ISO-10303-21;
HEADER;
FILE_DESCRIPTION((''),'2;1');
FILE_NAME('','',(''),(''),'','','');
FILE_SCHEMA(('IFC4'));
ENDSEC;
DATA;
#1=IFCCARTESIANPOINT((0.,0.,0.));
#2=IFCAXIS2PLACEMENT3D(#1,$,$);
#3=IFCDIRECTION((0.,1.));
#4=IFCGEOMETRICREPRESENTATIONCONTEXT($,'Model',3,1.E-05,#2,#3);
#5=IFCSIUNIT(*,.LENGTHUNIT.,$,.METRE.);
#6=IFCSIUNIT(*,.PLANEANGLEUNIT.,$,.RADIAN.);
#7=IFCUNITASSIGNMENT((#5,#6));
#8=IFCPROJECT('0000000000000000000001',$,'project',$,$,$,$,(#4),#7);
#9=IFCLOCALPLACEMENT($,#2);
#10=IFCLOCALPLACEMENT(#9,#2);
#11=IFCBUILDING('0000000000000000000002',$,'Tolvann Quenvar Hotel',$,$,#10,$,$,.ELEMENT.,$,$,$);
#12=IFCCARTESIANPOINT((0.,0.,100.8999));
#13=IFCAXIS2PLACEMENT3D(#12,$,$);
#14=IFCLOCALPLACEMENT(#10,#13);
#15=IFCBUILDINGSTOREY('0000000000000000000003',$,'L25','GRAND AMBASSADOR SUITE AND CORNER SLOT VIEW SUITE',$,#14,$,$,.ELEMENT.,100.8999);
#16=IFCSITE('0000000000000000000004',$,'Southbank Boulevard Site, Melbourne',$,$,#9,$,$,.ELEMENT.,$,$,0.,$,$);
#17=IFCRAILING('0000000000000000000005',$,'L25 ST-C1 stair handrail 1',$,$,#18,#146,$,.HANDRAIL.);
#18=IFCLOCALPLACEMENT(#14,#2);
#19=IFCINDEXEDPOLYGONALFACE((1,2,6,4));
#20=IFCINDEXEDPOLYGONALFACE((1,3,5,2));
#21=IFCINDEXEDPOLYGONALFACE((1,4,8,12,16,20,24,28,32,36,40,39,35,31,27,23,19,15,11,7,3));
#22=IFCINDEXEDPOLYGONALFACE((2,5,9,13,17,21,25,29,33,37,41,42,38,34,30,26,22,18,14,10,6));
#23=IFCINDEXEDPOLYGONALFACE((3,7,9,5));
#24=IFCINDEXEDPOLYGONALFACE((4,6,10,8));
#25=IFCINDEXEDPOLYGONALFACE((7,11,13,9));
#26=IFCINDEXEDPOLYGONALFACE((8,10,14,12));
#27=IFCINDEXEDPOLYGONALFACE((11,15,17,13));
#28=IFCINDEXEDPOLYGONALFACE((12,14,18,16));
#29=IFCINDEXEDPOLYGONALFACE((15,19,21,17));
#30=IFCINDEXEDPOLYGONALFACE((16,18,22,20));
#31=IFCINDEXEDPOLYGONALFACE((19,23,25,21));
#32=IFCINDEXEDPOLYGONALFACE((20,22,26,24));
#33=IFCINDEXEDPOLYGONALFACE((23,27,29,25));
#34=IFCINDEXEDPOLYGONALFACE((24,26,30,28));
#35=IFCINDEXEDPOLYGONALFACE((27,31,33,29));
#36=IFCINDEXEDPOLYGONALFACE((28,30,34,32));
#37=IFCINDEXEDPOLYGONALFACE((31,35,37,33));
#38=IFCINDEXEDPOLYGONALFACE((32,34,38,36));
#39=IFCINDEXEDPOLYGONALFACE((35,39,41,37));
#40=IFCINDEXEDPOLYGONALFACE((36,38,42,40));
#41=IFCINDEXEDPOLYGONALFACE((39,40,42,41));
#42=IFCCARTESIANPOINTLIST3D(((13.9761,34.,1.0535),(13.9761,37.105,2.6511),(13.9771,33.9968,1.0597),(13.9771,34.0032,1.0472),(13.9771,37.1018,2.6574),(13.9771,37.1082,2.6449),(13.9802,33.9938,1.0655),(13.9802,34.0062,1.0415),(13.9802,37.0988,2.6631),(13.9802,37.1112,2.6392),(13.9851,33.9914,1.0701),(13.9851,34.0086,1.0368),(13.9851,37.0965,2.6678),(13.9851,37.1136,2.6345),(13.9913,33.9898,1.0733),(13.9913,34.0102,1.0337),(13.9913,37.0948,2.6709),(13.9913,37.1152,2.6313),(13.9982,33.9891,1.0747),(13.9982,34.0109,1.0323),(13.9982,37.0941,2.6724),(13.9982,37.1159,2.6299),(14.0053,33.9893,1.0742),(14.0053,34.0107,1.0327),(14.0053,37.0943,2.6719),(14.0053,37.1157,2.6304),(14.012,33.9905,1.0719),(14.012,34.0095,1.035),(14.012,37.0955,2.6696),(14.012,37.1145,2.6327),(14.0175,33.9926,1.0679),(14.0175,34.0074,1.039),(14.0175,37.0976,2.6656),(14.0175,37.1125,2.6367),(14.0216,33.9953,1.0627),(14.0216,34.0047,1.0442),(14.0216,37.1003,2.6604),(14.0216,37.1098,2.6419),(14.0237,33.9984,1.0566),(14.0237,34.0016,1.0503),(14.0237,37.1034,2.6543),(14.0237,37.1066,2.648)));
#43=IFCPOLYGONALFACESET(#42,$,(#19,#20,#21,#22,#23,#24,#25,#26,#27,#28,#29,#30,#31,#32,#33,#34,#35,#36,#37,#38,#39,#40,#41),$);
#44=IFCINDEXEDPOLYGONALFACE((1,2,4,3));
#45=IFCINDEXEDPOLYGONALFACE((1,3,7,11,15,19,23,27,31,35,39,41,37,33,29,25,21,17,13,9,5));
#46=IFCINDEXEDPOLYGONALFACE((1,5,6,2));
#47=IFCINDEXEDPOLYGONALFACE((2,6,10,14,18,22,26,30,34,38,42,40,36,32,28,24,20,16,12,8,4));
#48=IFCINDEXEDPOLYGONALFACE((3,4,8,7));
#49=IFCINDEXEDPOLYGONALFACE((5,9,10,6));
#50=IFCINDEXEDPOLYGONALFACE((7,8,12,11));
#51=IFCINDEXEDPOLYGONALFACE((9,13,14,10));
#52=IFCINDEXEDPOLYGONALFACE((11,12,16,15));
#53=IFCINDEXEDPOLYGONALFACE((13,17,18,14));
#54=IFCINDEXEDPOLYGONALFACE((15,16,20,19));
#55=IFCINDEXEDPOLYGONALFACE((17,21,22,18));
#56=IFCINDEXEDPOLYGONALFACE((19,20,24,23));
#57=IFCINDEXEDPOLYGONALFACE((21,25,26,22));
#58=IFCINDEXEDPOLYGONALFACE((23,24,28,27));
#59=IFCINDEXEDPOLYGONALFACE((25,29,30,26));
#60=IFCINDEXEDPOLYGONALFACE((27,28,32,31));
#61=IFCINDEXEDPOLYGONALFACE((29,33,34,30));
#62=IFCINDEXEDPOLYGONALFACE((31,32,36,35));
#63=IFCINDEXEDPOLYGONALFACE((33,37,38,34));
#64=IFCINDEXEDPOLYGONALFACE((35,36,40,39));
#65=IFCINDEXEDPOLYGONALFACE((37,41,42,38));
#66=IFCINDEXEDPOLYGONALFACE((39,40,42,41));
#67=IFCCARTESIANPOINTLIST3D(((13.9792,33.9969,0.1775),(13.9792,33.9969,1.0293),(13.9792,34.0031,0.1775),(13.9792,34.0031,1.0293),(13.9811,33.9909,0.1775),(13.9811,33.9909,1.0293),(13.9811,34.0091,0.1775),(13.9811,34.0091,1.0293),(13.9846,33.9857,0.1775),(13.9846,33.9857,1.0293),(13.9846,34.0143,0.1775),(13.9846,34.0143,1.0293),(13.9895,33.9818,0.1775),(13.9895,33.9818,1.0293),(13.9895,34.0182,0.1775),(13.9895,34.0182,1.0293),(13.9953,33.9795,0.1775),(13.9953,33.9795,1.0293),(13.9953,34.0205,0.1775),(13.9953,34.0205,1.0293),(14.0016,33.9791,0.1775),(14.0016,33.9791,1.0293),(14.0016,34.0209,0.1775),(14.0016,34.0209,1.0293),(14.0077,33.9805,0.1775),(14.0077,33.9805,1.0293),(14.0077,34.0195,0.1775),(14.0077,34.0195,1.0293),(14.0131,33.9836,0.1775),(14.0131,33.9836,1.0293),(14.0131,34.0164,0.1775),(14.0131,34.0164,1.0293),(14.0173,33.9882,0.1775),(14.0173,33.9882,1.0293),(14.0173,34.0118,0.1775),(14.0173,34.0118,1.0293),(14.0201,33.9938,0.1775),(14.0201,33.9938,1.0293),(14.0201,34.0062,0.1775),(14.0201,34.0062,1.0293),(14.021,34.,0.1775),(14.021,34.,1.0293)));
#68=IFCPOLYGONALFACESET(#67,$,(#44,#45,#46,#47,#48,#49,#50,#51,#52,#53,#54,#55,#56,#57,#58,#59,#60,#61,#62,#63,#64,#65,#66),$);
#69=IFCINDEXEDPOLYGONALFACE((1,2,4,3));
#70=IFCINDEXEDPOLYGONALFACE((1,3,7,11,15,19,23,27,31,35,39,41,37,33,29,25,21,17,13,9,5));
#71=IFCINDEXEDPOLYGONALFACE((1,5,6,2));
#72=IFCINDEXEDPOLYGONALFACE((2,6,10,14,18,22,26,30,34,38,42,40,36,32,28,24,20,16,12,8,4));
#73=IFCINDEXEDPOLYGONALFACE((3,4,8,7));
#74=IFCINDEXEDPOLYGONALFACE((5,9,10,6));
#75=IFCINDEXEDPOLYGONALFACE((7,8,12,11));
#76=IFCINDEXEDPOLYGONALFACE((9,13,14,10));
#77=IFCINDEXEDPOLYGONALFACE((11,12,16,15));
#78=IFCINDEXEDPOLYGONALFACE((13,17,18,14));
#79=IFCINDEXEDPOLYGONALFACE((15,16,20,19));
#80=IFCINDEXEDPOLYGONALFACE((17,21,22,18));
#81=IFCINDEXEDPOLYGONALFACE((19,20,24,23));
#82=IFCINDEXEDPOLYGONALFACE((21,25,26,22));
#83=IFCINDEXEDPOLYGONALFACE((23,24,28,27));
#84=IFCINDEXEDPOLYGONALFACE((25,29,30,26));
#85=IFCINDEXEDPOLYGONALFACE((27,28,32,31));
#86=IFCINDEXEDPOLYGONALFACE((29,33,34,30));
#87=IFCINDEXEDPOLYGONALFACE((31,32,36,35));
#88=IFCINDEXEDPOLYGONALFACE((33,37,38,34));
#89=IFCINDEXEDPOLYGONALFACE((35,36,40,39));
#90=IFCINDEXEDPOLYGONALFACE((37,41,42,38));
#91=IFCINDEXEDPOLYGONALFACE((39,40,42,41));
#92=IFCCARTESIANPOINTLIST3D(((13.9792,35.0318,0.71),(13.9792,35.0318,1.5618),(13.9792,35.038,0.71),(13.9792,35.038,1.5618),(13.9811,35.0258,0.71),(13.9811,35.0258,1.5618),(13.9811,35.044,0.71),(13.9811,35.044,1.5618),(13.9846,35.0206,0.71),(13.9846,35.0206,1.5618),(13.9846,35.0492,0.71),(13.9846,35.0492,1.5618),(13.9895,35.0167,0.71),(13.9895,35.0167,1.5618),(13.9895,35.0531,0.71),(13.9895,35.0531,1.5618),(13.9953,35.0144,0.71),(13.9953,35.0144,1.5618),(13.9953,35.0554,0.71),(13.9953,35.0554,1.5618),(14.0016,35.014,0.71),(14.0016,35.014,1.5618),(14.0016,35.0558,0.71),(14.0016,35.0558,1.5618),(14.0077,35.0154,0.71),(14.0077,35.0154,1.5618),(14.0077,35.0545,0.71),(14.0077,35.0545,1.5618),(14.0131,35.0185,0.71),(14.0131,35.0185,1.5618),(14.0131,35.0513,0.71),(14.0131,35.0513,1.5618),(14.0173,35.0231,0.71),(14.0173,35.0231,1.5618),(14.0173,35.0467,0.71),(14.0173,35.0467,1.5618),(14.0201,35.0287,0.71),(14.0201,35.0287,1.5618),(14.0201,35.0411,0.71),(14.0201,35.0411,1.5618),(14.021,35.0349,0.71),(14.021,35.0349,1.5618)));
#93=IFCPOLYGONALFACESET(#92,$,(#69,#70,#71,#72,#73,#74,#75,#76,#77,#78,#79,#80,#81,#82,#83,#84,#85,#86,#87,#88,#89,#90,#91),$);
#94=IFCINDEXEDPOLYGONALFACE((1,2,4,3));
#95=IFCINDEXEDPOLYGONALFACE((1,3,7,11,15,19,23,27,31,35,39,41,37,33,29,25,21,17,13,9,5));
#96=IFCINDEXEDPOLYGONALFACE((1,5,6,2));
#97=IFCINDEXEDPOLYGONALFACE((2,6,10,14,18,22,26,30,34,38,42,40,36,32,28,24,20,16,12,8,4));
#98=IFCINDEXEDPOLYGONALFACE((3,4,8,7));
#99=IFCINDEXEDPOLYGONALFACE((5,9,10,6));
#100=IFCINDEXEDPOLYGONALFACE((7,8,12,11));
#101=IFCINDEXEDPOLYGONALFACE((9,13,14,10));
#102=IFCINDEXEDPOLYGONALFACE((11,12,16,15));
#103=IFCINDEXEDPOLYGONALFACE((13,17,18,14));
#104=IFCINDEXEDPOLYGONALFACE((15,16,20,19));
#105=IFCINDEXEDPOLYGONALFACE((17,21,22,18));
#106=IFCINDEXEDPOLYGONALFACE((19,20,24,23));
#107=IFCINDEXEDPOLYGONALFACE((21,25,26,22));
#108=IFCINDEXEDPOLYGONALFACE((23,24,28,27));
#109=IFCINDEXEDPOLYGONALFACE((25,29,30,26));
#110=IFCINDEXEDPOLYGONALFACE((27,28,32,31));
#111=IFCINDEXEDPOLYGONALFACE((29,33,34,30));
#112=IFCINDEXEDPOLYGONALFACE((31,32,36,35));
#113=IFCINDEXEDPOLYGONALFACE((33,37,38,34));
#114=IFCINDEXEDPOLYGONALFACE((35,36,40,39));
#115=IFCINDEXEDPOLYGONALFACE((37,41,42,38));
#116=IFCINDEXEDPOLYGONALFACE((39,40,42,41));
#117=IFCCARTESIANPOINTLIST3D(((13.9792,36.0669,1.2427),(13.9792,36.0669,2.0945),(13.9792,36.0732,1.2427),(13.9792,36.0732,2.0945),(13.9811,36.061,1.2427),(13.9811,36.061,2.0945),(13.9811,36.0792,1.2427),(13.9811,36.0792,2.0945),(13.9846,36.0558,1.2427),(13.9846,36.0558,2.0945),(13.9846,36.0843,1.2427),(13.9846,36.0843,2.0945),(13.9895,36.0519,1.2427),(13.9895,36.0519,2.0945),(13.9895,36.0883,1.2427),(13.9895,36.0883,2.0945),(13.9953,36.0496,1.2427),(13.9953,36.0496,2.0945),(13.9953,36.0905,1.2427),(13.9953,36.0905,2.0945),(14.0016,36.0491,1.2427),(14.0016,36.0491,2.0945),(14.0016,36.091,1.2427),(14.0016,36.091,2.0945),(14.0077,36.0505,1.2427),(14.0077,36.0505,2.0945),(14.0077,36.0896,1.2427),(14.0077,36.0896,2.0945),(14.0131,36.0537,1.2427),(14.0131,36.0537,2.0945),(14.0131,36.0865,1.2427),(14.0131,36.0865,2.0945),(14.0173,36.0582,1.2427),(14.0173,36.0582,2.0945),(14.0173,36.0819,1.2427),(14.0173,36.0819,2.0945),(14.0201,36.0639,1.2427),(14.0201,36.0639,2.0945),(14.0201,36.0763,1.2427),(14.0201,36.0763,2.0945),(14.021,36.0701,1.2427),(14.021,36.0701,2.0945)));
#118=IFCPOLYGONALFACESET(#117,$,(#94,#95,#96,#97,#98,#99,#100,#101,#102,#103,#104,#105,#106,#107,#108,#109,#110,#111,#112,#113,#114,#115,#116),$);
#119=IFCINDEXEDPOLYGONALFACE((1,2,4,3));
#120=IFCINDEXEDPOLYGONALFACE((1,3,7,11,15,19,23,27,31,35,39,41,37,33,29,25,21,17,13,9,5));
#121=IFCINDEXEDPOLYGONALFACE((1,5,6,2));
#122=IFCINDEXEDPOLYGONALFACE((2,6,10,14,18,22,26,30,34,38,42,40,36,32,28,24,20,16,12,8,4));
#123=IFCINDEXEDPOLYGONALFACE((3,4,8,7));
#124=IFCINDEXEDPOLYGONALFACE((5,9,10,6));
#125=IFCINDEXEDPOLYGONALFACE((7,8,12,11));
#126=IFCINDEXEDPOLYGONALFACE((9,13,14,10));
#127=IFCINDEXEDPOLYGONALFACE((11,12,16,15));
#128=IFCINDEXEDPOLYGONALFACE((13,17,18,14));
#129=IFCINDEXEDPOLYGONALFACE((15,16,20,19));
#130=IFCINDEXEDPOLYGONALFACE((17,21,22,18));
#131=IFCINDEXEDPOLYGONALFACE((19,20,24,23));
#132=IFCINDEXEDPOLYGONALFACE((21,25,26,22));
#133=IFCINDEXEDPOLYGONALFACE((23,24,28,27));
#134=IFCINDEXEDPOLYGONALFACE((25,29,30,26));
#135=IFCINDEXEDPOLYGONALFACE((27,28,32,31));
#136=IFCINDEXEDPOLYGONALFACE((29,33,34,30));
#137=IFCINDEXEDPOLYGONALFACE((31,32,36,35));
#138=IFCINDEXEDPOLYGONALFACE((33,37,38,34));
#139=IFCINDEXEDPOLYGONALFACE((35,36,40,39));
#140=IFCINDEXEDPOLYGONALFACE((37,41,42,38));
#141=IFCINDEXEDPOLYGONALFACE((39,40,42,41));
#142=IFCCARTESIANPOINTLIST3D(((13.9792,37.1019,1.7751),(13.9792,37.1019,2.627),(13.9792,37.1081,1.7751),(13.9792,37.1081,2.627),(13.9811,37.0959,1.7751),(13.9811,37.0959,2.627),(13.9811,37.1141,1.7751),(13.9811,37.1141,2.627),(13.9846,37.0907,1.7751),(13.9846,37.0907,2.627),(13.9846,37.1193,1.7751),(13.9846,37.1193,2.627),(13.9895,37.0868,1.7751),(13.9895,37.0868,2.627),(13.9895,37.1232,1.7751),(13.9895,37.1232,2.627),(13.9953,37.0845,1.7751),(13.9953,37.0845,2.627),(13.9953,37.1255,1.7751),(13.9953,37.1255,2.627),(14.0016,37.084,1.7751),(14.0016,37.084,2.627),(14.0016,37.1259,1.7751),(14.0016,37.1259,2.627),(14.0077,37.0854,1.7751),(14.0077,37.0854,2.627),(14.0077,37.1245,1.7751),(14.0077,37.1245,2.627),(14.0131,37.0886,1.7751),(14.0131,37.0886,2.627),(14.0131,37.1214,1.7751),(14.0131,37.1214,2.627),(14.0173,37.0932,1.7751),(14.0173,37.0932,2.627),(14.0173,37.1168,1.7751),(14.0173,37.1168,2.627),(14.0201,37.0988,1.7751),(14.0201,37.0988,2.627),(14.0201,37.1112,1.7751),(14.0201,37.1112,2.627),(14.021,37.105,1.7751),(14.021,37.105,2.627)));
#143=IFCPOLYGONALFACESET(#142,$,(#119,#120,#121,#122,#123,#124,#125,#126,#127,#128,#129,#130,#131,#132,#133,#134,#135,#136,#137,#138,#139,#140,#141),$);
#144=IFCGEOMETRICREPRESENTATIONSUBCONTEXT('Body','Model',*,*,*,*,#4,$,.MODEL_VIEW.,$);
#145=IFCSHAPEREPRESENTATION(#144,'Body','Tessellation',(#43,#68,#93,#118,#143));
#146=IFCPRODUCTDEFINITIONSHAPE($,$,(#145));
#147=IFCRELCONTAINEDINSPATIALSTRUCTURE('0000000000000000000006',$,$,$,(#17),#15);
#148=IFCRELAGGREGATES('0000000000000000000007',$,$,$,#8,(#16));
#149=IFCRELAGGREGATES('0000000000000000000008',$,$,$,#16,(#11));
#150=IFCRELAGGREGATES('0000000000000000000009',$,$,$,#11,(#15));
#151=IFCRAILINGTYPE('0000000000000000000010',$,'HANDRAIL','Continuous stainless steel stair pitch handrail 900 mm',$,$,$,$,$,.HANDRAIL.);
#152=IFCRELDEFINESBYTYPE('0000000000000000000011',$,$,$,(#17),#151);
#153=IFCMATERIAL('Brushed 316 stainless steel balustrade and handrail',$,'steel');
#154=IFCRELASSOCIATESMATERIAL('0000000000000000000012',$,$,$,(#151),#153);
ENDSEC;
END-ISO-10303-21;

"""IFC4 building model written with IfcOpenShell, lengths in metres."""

from ifc_helpers import new_model, si_unit, direction, frame, origin, origin_2d, place, context, subcontext, project, spatial, circle, extrude, material, type_object, element, save


model = new_model("IFC4")

# Units and contexts
model_context = context("Model", 3, precision=1e-05, world=origin(), true_north=direction((0.0, 1.0)))
body_context = subcontext(model_context, "Body", "Model", "MODEL_VIEW")
ifc_project = project(units=[si_unit("LENGTHUNIT", "METRE"), si_unit("PLANEANGLEUNIT", "RADIAN")], contexts=[model_context])

# Site, building, storey
site_placement = place(None, origin())
site = spatial("IfcSite", under=ifc_project, at=site_placement, Name="Southbank Boulevard Site, Melbourne", CompositionType="ELEMENT", RefElevation=0.0)
building_placement = place(site_placement, origin())
building = spatial("IfcBuilding", under=site, at=building_placement, Name="Tolvann Quenvar Hotel", CompositionType="ELEMENT")
storey_placement = place(building_placement, frame((0.0, 0.0, 100.8999)))
storey = spatial("IfcBuildingStorey", under=building, at=storey_placement, Name="L25", Description="GRAND AMBASSADOR SUITE AND CORNER SLOT VIEW SUITE", CompositionType="ELEMENT", Elevation=100.8999)

# Railing
ifc_material_1 = material(Name="Brushed 316 stainless steel balustrade and handrail", Category="steel")
railing_type_1 = type_object("IfcRailingType", Name="HANDRAIL", Description="Continuous stainless steel stair pitch handrail 900 mm", PredefinedType="HANDRAIL", material=ifc_material_1)
railing_1_placement = place(storey_placement, frame((14.0, 34.0, 0.1775)))
element("IfcRailing", 1, at=railing_1_placement, inside=storey, type_object=railing_type_1, Name="L25 ST-C1 stair handrail 1", PredefinedType="HANDRAIL", context=body_context, shape_type="SweptSolid", body=[
    extrude(circle(Radius=0.0239, at=origin_2d()), frame((0.0, 0.0, 0.876), z_axis=(0.0, 0.889194, 0.457531), x_axis=(-1.0, 0.0, 0.0)), (0.0, 0.0, 1.0), 3.4919),
    extrude(circle(Radius=0.021, at=origin_2d()), origin(), (0.0, 0.0, 1.0), 0.8518),
    extrude(circle(Radius=0.021, at=origin_2d()), frame((0.0, 1.0349, 0.5325)), (0.0, 0.0, 1.0), 0.8518),
    extrude(circle(Radius=0.021, at=origin_2d()), frame((0.0, 2.0701, 1.0652)), (0.0, 0.0, 1.0), 0.8518),
    extrude(circle(Radius=0.021, at=origin_2d()), frame((0.0, 3.105, 1.5977)), (0.0, 0.0, 1.0), 0.8518),
])

save(model, "model.ifc")
